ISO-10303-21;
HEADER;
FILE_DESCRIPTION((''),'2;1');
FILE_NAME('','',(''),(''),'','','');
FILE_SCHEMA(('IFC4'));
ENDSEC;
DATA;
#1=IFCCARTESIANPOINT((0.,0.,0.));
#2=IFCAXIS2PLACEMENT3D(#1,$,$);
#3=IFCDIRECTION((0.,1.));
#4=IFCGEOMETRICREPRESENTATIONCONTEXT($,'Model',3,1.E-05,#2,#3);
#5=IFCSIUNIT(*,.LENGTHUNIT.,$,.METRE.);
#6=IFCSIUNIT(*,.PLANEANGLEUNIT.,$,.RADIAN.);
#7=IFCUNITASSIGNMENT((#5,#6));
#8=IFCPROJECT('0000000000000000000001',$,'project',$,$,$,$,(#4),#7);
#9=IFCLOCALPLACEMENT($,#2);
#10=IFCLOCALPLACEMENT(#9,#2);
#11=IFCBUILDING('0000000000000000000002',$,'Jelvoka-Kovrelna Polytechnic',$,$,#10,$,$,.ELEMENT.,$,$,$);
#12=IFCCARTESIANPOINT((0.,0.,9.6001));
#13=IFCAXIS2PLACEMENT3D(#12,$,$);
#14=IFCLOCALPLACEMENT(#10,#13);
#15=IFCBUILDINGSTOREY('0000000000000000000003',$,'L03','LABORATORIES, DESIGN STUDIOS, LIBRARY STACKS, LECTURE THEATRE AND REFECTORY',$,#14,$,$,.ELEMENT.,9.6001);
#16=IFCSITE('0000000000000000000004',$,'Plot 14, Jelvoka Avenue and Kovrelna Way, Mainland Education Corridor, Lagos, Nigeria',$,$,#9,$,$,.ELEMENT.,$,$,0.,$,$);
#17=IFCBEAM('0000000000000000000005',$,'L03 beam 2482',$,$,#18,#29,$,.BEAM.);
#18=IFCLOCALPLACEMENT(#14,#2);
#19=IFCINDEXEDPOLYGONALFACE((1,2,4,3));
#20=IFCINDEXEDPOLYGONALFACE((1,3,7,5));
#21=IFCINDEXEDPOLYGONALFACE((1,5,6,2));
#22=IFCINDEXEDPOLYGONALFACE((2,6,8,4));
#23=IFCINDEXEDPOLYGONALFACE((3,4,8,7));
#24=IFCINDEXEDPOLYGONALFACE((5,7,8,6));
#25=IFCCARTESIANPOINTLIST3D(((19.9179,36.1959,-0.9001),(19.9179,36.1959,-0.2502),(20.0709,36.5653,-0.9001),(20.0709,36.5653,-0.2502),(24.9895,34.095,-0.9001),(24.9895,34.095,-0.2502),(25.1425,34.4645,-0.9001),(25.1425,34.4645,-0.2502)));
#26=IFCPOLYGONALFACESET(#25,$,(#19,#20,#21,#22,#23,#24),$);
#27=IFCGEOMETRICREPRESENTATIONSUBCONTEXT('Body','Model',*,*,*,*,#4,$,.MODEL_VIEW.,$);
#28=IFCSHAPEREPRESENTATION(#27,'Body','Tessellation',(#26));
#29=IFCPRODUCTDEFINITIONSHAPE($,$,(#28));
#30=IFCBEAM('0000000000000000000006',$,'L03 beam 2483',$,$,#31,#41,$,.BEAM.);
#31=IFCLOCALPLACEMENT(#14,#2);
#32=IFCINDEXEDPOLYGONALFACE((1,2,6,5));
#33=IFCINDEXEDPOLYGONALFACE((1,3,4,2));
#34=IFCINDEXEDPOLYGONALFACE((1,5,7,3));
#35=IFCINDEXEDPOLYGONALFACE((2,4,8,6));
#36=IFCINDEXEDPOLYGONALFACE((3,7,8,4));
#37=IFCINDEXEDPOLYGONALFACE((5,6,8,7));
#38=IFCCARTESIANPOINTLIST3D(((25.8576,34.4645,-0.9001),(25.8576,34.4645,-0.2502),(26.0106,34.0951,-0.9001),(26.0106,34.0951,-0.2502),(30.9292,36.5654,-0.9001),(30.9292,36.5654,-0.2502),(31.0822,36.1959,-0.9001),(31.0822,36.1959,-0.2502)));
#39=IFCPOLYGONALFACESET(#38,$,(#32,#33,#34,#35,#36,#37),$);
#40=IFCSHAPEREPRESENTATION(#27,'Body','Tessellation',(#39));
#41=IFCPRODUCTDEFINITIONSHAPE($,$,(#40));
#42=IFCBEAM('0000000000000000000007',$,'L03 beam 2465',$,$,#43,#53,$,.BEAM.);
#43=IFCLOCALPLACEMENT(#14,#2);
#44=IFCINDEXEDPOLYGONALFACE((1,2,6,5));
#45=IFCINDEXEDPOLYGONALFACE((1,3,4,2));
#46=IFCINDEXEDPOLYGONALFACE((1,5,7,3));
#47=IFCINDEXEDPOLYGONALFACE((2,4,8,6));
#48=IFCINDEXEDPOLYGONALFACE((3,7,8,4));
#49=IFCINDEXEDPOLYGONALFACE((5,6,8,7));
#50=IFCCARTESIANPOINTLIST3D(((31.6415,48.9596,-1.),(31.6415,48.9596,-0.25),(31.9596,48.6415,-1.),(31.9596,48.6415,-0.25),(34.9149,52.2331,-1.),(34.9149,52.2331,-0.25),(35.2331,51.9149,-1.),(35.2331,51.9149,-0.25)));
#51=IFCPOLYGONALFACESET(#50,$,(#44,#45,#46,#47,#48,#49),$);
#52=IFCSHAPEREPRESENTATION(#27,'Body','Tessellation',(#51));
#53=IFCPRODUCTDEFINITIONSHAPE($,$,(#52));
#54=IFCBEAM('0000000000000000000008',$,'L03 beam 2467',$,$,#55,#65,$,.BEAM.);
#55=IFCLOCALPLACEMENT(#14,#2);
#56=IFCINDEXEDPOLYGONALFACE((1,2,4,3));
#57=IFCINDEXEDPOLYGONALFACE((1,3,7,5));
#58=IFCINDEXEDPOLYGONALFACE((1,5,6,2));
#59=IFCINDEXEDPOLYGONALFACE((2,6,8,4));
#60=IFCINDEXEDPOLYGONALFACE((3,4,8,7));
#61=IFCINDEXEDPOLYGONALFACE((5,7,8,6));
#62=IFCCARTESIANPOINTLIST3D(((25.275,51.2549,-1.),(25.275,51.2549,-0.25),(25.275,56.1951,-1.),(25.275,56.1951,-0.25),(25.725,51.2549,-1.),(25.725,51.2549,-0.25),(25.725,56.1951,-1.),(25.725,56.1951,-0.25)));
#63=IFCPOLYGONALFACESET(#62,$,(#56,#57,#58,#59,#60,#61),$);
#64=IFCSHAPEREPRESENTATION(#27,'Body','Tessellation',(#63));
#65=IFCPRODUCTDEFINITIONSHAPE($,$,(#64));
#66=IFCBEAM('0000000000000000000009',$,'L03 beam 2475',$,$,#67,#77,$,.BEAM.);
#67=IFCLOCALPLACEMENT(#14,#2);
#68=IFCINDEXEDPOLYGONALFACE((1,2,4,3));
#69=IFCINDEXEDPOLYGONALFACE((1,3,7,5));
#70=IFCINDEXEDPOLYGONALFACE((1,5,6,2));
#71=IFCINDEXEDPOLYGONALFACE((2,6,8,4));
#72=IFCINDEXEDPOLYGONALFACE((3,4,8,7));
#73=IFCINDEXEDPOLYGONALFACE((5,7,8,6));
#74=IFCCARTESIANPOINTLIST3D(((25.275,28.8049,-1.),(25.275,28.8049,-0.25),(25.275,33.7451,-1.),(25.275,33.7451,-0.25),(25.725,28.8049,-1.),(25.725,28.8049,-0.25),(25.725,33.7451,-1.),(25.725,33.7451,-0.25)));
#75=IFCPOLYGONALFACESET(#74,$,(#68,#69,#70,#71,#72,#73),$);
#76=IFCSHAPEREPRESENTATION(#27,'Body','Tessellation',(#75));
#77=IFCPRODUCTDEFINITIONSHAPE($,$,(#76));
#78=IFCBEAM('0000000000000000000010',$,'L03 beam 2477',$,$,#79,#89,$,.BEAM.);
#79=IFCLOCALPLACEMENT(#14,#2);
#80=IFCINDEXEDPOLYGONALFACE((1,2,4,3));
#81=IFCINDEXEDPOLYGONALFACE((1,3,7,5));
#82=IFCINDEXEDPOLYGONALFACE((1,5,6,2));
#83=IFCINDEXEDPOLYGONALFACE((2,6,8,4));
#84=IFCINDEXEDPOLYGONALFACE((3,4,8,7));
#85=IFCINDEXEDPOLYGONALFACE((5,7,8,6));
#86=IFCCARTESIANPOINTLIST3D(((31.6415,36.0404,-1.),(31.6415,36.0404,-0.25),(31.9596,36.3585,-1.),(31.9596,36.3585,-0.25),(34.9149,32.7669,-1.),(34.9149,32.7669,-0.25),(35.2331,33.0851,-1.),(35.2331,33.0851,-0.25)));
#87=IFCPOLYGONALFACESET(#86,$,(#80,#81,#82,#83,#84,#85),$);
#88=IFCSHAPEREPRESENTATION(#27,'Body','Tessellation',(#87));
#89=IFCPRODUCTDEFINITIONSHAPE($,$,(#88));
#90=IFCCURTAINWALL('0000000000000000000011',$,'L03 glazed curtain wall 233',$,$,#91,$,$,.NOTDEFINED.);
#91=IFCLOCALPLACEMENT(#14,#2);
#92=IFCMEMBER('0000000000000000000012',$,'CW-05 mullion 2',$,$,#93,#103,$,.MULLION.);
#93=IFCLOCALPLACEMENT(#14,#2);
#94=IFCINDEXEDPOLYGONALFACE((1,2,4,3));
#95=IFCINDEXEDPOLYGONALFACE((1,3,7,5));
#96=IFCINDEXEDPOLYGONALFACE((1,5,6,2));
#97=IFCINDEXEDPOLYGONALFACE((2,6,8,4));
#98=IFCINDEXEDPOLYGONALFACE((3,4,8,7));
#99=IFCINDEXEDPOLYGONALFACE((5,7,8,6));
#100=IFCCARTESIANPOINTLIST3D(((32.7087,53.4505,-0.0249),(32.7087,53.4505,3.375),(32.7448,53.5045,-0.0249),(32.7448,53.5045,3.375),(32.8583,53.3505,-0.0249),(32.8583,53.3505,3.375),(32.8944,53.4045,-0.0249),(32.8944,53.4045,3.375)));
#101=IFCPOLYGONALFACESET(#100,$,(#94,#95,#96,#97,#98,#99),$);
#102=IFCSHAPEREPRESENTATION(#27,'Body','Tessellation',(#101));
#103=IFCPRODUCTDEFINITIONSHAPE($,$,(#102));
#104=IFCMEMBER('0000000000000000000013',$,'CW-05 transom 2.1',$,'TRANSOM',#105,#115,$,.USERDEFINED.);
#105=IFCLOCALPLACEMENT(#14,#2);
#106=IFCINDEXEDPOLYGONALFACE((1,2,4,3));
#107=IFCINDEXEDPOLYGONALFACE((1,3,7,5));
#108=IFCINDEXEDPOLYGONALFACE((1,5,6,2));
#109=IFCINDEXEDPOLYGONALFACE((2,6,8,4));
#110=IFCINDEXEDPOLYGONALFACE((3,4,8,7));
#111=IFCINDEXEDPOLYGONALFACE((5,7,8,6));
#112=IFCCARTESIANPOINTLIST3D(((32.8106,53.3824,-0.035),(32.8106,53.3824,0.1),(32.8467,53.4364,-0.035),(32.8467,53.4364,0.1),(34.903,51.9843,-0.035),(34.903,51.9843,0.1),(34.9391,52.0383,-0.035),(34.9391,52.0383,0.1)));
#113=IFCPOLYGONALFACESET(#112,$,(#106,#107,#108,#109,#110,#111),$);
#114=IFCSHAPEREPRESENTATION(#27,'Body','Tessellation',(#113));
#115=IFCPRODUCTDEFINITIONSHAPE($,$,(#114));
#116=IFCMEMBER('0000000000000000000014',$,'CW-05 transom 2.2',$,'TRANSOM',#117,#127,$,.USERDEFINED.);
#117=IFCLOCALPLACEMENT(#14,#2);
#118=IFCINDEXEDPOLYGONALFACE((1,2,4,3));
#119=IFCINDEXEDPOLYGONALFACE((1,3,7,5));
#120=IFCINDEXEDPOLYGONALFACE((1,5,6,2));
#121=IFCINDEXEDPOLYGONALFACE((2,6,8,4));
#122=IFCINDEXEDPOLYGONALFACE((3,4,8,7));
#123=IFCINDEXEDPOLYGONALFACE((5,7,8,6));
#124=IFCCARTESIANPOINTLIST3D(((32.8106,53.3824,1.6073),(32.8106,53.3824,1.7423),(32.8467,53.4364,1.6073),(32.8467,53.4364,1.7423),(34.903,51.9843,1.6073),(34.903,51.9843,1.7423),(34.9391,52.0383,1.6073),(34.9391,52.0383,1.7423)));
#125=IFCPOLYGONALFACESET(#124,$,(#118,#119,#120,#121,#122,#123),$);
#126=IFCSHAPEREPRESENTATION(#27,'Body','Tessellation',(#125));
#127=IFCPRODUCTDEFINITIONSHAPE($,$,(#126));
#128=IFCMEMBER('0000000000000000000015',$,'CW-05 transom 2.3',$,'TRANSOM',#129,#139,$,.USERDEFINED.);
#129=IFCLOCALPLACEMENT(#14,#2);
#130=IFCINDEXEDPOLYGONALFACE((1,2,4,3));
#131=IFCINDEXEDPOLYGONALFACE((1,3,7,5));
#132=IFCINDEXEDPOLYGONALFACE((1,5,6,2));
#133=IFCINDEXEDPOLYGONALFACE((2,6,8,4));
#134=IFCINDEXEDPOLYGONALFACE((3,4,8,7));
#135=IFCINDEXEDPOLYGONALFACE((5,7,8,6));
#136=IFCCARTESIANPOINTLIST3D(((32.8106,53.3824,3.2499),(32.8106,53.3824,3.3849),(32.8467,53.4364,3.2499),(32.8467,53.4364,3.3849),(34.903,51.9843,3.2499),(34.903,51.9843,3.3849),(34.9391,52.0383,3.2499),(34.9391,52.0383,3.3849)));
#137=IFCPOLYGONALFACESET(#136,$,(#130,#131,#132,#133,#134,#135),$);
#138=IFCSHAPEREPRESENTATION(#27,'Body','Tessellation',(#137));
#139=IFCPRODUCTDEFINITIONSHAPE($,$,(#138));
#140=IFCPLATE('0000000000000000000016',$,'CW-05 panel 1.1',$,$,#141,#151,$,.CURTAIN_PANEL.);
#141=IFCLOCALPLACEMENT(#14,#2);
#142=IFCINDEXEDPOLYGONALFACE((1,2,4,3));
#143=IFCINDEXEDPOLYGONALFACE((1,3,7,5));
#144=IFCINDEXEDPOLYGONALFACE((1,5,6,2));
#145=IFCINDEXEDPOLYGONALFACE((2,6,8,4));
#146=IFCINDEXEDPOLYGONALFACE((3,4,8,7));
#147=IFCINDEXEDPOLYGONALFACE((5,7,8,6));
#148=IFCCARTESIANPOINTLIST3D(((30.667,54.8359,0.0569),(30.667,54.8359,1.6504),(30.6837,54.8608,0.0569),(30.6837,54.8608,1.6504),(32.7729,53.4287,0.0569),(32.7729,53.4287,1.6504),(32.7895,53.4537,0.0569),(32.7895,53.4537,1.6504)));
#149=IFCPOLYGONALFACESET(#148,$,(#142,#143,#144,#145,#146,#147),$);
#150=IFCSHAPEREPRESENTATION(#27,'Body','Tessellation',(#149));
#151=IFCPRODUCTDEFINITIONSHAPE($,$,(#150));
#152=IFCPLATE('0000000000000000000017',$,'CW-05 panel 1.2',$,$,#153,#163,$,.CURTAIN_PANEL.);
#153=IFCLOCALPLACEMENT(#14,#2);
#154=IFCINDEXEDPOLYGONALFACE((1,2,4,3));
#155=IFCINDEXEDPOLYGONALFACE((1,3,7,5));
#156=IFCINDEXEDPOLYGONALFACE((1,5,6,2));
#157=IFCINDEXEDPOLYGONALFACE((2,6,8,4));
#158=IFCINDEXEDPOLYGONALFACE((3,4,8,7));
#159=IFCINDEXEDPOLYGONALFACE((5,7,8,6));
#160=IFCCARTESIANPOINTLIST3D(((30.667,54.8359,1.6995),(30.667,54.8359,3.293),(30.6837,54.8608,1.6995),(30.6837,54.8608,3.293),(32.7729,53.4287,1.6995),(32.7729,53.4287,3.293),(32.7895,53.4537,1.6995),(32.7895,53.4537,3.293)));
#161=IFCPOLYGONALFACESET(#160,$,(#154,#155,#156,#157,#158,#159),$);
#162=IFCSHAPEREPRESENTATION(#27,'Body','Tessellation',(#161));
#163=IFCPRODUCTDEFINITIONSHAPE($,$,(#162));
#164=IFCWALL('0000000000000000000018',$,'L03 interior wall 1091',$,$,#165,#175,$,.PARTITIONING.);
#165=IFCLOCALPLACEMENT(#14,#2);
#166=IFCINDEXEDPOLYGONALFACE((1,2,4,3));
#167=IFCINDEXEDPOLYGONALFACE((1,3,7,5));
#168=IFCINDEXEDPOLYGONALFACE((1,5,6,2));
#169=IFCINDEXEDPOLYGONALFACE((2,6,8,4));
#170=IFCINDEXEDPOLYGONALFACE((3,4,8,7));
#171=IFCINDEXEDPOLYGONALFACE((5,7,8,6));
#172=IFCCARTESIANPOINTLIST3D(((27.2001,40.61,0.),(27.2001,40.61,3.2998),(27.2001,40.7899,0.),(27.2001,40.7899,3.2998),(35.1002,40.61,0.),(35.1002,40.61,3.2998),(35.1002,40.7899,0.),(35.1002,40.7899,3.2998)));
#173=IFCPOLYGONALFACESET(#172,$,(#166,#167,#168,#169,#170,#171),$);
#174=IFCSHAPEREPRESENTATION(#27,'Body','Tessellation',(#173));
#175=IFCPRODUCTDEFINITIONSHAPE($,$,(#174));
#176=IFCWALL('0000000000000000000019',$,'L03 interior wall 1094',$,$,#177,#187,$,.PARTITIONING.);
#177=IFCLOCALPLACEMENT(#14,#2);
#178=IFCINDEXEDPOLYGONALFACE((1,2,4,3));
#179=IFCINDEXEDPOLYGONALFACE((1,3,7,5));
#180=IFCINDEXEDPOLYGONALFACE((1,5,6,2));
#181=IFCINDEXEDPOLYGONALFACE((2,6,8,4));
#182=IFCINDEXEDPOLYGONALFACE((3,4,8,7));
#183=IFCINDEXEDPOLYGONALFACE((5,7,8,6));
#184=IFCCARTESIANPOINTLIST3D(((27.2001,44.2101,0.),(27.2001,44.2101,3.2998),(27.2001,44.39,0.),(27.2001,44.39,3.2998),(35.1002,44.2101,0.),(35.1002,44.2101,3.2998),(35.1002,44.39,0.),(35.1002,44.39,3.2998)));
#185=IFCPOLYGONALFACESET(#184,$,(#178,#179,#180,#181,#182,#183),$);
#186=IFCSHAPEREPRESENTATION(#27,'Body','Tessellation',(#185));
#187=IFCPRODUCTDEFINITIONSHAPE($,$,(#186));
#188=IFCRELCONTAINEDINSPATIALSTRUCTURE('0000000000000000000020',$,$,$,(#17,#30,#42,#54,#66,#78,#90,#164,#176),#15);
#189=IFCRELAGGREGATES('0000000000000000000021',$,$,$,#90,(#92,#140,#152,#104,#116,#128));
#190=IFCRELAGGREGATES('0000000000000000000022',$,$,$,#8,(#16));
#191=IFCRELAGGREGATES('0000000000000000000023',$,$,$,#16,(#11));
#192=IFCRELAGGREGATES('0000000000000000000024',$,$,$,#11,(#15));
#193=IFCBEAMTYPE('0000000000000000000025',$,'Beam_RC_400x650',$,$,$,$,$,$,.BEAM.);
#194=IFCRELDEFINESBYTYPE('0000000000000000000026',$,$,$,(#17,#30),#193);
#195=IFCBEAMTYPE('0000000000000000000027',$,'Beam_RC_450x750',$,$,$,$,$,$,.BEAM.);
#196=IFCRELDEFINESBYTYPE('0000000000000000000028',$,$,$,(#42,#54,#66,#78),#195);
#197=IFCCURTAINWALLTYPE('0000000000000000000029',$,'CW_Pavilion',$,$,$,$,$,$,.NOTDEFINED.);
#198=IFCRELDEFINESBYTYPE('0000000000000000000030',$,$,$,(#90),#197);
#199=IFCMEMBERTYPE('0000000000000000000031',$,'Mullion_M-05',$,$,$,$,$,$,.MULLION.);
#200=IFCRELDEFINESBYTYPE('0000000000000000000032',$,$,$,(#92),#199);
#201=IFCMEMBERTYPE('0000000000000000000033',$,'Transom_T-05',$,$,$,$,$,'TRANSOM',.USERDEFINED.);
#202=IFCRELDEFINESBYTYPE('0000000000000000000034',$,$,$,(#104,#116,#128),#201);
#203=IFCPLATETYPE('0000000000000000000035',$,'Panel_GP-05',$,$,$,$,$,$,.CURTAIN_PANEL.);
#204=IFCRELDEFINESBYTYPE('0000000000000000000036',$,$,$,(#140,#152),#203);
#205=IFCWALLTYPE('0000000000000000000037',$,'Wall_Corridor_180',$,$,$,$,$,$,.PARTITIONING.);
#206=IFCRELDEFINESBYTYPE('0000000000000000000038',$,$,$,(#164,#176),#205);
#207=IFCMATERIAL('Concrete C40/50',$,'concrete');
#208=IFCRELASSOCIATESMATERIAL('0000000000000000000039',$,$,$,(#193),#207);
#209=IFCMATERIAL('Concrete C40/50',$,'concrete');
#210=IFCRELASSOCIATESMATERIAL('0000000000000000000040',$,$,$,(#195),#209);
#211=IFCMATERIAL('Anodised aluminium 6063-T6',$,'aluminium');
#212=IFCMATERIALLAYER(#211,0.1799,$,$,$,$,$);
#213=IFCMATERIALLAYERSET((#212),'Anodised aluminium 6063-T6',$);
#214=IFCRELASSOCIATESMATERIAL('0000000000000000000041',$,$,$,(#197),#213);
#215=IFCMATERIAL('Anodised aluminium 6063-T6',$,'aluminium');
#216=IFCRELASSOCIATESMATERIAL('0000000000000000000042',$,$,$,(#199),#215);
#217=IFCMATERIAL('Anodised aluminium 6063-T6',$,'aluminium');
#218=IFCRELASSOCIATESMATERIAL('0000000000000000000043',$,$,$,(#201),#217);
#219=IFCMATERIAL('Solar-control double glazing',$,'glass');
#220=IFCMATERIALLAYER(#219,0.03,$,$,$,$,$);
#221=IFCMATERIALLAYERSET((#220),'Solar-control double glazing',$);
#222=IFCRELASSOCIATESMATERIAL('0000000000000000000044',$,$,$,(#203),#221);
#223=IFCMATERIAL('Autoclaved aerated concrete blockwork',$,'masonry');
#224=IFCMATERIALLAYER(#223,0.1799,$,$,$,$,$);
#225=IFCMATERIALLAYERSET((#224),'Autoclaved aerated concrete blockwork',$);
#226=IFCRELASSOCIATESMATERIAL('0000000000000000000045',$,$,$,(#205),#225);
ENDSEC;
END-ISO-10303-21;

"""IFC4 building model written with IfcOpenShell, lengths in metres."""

from ifc_helpers import new_model, si_unit, direction, frame, frame_2d, origin, origin_2d, place, context, subcontext, project, spatial, rectangle, extrude, material, layer, layer_set, material_profile, profile_set, type_object, element, aggregate, save


model = new_model("IFC4")

# Units and contexts
model_context = context("Model", 3, precision=1e-05, world=origin(), true_north=direction((0.0, 1.0)))
body_context = subcontext(model_context, "Body", "Model", "MODEL_VIEW")
ifc_project = project(units=[si_unit("LENGTHUNIT", "METRE"), si_unit("PLANEANGLEUNIT", "RADIAN")], contexts=[model_context])

# Site, building, storey
site_placement = place(None, origin())
site = spatial("IfcSite", under=ifc_project, at=site_placement, Name="Plot 14, Jelvoka Avenue and Kovrelna Way, Mainland Education Corridor, Lagos, Nigeria", CompositionType="ELEMENT", RefElevation=0.0)
building_placement = place(site_placement, origin())
building = spatial("IfcBuilding", under=site, at=building_placement, Name="Jelvoka-Kovrelna Polytechnic", CompositionType="ELEMENT")
storey_placement = place(building_placement, frame((0.0, 0.0, 9.6001)))
storey = spatial("IfcBuildingStorey", under=building, at=storey_placement, Name="L03", Description="LABORATORIES, DESIGN STUDIOS, LIBRARY STACKS, LECTURE THEATRE AND REFECTORY", CompositionType="ELEMENT", Elevation=9.6001)

# Beams
ifc_material_1 = material(Name="Concrete C40/50", Category="concrete")
ifc_material_profile_1 = material_profile(ifc_material_1, rectangle(XDim=0.3999, YDim=0.6499, at=origin_2d()), Name="RC 400x650")
ifc_profile_set_1 = profile_set([ifc_material_profile_1], Name="Concrete C40/50")
beam_type_1 = type_object("IfcBeamType", Name="Beam_RC_400x650", PredefinedType="BEAM", material=ifc_profile_set_1)
for number, where, z_axis, x_axis, name in (
    (1, (19.9944, 36.3806, -0.5752), (0.923871, -0.382704, 0.0), (0.382704, 0.923871, 0.0), "L03 beam 2482"),
    (2, (25.9341, 34.2798, -0.5752), (0.923871, 0.382704, 0.0), (-0.382704, 0.923871, 0.0), "L03 beam 2483"),
):
    element("IfcBeam", number, at=place(storey_placement, frame(where, z_axis=z_axis, x_axis=x_axis)), inside=storey, type_object=beam_type_1, Name=name, PredefinedType="BEAM", context=body_context, shape_type="SweptSolid", body=[
        extrude(rectangle(XDim=0.3999, YDim=0.6499, at=origin_2d()), origin(), (0.0, 0.0, 1.0), 5.4895),
    ])
ifc_material_2 = material(Name="Concrete C40/50", Category="concrete")
ifc_material_profile_2 = material_profile(ifc_material_2, rectangle(XDim=0.45, YDim=0.75, at=origin_2d()), Name="RC 450x750")
ifc_profile_set_2 = profile_set([ifc_material_profile_2], Name="Concrete C40/50")
beam_type_2 = type_object("IfcBeamType", Name="Beam_RC_450x750", PredefinedType="BEAM", material=ifc_profile_set_2)
beam_1_placement = place(storey_placement, frame((31.8005, 48.8005, -0.625), z_axis=(0.707107, 0.707107, 0.0), x_axis=(-0.707107, 0.707107, 0.0)))
element("IfcBeam", 3, at=beam_1_placement, inside=storey, type_object=beam_type_2, Name="L03 beam 2465", PredefinedType="BEAM", context=body_context, shape_type="SweptSolid", body=[
    extrude(rectangle(XDim=0.45, YDim=0.75, at=origin_2d()), origin(), (0.0, 0.0, 1.0), 4.6294),
])
for number, where, z_axis, x_axis, name in (
    (4, (25.5, 51.2549, -0.625), (0.0, 1.0, 0.0), (-1.0, 0.0, 0.0), "L03 beam 2467"),
    (5, (25.5, 33.7451, -0.625), (0.0, -1.0, 0.0), (1.0, 0.0, 0.0), "L03 beam 2475"),
):
    element("IfcBeam", number, at=place(storey_placement, frame(where, z_axis=z_axis, x_axis=x_axis)), inside=storey, type_object=beam_type_2, Name=name, PredefinedType="BEAM", context=body_context, shape_type="SweptSolid", body=[
        extrude(rectangle(XDim=0.45, YDim=0.75, at=origin_2d()), origin(), (0.0, 0.0, 1.0), 4.9402),
    ])
beam_2_placement = place(storey_placement, frame((31.8005, 36.1995, -0.625), z_axis=(0.707107, -0.707107, 0.0), x_axis=(0.707107, 0.707107, 0.0)))
element("IfcBeam", 6, at=beam_2_placement, inside=storey, type_object=beam_type_2, Name="L03 beam 2477", PredefinedType="BEAM", context=body_context, shape_type="SweptSolid", body=[
    extrude(rectangle(XDim=0.45, YDim=0.75, at=origin_2d()), origin(), (0.0, 0.0, 1.0), 4.6294),
])

# Curtain wall, members, plates
ifc_material_3 = material(Name="Anodised aluminium 6063-T6", Category="aluminium")
ifc_layer_1 = layer(ifc_material_3, 0.1799)
ifc_layer_set_1 = layer_set([ifc_layer_1], Name="Anodised aluminium 6063-T6")
curtain_wall_type = type_object("IfcCurtainWallType", Name="CW_Pavilion", PredefinedType="NOTDEFINED", material=ifc_layer_set_1)
curtain_wall_placement = place(storey_placement, origin())
curtain_wall = element("IfcCurtainWall", 7, at=curtain_wall_placement, inside=storey, type_object=curtain_wall_type, Name="L03 glazed curtain wall 233", PredefinedType="NOTDEFINED")
ifc_material_4 = material(Name="Anodised aluminium 6063-T6", Category="aluminium")
ifc_material_profile_3 = material_profile(ifc_material_4, rectangle(XDim=0.0649, YDim=0.1799, at=origin_2d()), Name="ALU 65x180")
ifc_profile_set_3 = profile_set([ifc_material_profile_3], Name="Anodised aluminium 6063-T6")
member_type_1 = type_object("IfcMemberType", Name="Mullion_M-05", PredefinedType="MULLION", material=ifc_profile_set_3)
member_1_placement = place(storey_placement, frame((32.8015, 53.4275, -0.0249), z_axis=(0.0, 0.0, 1.0), x_axis=(0.555583, 0.831461, 0.0)))
member_1 = element("IfcMember", 8, at=member_1_placement, type_object=member_type_1, Name="CW-05 mullion 2", PredefinedType="MULLION", context=body_context, shape_type="SweptSolid", body=[
    extrude(rectangle(XDim=0.0649, YDim=0.1799, at=origin_2d()), origin(), (0.0, 0.0, 1.0), 3.3999),
])
ifc_material_5 = material(Name="Anodised aluminium 6063-T6", Category="aluminium")
ifc_material_profile_4 = material_profile(ifc_material_5, rectangle(XDim=0.0649, YDim=0.135, at=origin_2d()), Name="ALU 65x135")
ifc_profile_set_4 = profile_set([ifc_material_profile_4], Name="Anodised aluminium 6063-T6")
member_type_2 = type_object("IfcMemberType", Name="Transom_T-05", ElementType="TRANSOM", PredefinedType="USERDEFINED", material=ifc_profile_set_4)
member_2_placement = place(storey_placement, frame((32.8286, 53.4094, 0.0325), z_axis=(0.831468, -0.555573, 0.0), x_axis=(0.555573, 0.831468, 0.0)))
member_2 = element("IfcMember", 9, at=member_2_placement, type_object=member_type_2, Name="CW-05 transom 2.1", ObjectType="TRANSOM", PredefinedType="USERDEFINED", context=body_context, shape_type="SweptSolid", body=[
    extrude(rectangle(XDim=0.0649, YDim=0.135, at=origin_2d()), origin(), (0.0, 0.0, 1.0), 2.5166),
])
member_3_placement = place(storey_placement, frame((32.8286, 53.4094, 1.6748), z_axis=(0.831468, -0.555573, 0.0), x_axis=(0.555573, 0.831468, 0.0)))
member_3 = element("IfcMember", 10, at=member_3_placement, type_object=member_type_2, Name="CW-05 transom 2.2", ObjectType="TRANSOM", PredefinedType="USERDEFINED", context=body_context, shape_type="SweptSolid", body=[
    extrude(rectangle(XDim=0.0649, YDim=0.135, at=origin_2d()), origin(), (0.0, 0.0, 1.0), 2.5166),
])
member_4_placement = place(storey_placement, frame((32.8286, 53.4094, 3.3174), z_axis=(0.831468, -0.555573, 0.0), x_axis=(0.555573, 0.831468, 0.0)))
member_4 = element("IfcMember", 11, at=member_4_placement, type_object=member_type_2, Name="CW-05 transom 2.3", ObjectType="TRANSOM", PredefinedType="USERDEFINED", context=body_context, shape_type="SweptSolid", body=[
    extrude(rectangle(XDim=0.0649, YDim=0.135, at=origin_2d()), origin(), (0.0, 0.0, 1.0), 2.5166),
])
ifc_material_6 = material(Name="Solar-control double glazing", Category="glass")
ifc_layer_2 = layer(ifc_material_6, 0.03)
ifc_layer_set_2 = layer_set([ifc_layer_2], Name="Solar-control double glazing")
plate_type = type_object("IfcPlateType", Name="Panel_GP-05", PredefinedType="CURTAIN_PANEL", material=ifc_layer_set_2)
plate_1_placement = place(storey_placement, frame((31.7283, 54.1448, 0.0569), z_axis=(0.0, 0.0, 1.0), x_axis=(0.831461, -0.555583, 0.0)))
plate_1 = element("IfcPlate", 12, at=plate_1_placement, type_object=plate_type, Name="CW-05 panel 1.1", PredefinedType="CURTAIN_PANEL", context=body_context, shape_type="SweptSolid", body=[
    extrude(rectangle(XDim=2.5327, YDim=0.03, at=origin_2d()), origin(), (0.0, 0.0, 1.0), 1.5935),
])
plate_2_placement = place(storey_placement, frame((31.7283, 54.1448, 1.6995), z_axis=(0.0, 0.0, 1.0), x_axis=(0.831461, -0.555583, 0.0)))
plate_2 = element("IfcPlate", 13, at=plate_2_placement, type_object=plate_type, Name="CW-05 panel 1.2", PredefinedType="CURTAIN_PANEL", context=body_context, shape_type="SweptSolid", body=[
    extrude(rectangle(XDim=2.5327, YDim=0.03, at=origin_2d()), origin(), (0.0, 0.0, 1.0), 1.5935),
])
aggregate(curtain_wall, [member_1, plate_1, plate_2, member_2, member_3, member_4])

# Walls
ifc_material_7 = material(Name="Autoclaved aerated concrete blockwork", Category="masonry")
ifc_layer_3 = layer(ifc_material_7, 0.1799)
ifc_layer_set_3 = layer_set([ifc_layer_3], Name="Autoclaved aerated concrete blockwork")
wall_type_1 = type_object("IfcWallType", Name="Wall_Corridor_180", PredefinedType="PARTITIONING", material=ifc_layer_set_3)
for number, where, z_axis, x_axis, name in (
    (14, (27.2, 40.7, 0.0), (0.0, 0.0, 1.0), (1.0, 0.0, 0.0), "L03 interior wall 1091"),
    (15, (27.2, 44.3, 0.0), (0.0, 0.0, 1.0), (1.0, 0.0, 0.0), "L03 interior wall 1094"),
):
    element("IfcWall", number, at=place(storey_placement, frame(where, z_axis=z_axis, x_axis=x_axis)), inside=storey, type_object=wall_type_1, Name=name, PredefinedType="PARTITIONING", context=body_context, shape_type="SweptSolid", body=[
        extrude(rectangle(XDim=7.9001, YDim=0.1799, at=frame_2d((3.9502, 0.0))), origin(), (0.0, 0.0, 1.0), 3.2998),
    ])

save(model, "model.ifc")
